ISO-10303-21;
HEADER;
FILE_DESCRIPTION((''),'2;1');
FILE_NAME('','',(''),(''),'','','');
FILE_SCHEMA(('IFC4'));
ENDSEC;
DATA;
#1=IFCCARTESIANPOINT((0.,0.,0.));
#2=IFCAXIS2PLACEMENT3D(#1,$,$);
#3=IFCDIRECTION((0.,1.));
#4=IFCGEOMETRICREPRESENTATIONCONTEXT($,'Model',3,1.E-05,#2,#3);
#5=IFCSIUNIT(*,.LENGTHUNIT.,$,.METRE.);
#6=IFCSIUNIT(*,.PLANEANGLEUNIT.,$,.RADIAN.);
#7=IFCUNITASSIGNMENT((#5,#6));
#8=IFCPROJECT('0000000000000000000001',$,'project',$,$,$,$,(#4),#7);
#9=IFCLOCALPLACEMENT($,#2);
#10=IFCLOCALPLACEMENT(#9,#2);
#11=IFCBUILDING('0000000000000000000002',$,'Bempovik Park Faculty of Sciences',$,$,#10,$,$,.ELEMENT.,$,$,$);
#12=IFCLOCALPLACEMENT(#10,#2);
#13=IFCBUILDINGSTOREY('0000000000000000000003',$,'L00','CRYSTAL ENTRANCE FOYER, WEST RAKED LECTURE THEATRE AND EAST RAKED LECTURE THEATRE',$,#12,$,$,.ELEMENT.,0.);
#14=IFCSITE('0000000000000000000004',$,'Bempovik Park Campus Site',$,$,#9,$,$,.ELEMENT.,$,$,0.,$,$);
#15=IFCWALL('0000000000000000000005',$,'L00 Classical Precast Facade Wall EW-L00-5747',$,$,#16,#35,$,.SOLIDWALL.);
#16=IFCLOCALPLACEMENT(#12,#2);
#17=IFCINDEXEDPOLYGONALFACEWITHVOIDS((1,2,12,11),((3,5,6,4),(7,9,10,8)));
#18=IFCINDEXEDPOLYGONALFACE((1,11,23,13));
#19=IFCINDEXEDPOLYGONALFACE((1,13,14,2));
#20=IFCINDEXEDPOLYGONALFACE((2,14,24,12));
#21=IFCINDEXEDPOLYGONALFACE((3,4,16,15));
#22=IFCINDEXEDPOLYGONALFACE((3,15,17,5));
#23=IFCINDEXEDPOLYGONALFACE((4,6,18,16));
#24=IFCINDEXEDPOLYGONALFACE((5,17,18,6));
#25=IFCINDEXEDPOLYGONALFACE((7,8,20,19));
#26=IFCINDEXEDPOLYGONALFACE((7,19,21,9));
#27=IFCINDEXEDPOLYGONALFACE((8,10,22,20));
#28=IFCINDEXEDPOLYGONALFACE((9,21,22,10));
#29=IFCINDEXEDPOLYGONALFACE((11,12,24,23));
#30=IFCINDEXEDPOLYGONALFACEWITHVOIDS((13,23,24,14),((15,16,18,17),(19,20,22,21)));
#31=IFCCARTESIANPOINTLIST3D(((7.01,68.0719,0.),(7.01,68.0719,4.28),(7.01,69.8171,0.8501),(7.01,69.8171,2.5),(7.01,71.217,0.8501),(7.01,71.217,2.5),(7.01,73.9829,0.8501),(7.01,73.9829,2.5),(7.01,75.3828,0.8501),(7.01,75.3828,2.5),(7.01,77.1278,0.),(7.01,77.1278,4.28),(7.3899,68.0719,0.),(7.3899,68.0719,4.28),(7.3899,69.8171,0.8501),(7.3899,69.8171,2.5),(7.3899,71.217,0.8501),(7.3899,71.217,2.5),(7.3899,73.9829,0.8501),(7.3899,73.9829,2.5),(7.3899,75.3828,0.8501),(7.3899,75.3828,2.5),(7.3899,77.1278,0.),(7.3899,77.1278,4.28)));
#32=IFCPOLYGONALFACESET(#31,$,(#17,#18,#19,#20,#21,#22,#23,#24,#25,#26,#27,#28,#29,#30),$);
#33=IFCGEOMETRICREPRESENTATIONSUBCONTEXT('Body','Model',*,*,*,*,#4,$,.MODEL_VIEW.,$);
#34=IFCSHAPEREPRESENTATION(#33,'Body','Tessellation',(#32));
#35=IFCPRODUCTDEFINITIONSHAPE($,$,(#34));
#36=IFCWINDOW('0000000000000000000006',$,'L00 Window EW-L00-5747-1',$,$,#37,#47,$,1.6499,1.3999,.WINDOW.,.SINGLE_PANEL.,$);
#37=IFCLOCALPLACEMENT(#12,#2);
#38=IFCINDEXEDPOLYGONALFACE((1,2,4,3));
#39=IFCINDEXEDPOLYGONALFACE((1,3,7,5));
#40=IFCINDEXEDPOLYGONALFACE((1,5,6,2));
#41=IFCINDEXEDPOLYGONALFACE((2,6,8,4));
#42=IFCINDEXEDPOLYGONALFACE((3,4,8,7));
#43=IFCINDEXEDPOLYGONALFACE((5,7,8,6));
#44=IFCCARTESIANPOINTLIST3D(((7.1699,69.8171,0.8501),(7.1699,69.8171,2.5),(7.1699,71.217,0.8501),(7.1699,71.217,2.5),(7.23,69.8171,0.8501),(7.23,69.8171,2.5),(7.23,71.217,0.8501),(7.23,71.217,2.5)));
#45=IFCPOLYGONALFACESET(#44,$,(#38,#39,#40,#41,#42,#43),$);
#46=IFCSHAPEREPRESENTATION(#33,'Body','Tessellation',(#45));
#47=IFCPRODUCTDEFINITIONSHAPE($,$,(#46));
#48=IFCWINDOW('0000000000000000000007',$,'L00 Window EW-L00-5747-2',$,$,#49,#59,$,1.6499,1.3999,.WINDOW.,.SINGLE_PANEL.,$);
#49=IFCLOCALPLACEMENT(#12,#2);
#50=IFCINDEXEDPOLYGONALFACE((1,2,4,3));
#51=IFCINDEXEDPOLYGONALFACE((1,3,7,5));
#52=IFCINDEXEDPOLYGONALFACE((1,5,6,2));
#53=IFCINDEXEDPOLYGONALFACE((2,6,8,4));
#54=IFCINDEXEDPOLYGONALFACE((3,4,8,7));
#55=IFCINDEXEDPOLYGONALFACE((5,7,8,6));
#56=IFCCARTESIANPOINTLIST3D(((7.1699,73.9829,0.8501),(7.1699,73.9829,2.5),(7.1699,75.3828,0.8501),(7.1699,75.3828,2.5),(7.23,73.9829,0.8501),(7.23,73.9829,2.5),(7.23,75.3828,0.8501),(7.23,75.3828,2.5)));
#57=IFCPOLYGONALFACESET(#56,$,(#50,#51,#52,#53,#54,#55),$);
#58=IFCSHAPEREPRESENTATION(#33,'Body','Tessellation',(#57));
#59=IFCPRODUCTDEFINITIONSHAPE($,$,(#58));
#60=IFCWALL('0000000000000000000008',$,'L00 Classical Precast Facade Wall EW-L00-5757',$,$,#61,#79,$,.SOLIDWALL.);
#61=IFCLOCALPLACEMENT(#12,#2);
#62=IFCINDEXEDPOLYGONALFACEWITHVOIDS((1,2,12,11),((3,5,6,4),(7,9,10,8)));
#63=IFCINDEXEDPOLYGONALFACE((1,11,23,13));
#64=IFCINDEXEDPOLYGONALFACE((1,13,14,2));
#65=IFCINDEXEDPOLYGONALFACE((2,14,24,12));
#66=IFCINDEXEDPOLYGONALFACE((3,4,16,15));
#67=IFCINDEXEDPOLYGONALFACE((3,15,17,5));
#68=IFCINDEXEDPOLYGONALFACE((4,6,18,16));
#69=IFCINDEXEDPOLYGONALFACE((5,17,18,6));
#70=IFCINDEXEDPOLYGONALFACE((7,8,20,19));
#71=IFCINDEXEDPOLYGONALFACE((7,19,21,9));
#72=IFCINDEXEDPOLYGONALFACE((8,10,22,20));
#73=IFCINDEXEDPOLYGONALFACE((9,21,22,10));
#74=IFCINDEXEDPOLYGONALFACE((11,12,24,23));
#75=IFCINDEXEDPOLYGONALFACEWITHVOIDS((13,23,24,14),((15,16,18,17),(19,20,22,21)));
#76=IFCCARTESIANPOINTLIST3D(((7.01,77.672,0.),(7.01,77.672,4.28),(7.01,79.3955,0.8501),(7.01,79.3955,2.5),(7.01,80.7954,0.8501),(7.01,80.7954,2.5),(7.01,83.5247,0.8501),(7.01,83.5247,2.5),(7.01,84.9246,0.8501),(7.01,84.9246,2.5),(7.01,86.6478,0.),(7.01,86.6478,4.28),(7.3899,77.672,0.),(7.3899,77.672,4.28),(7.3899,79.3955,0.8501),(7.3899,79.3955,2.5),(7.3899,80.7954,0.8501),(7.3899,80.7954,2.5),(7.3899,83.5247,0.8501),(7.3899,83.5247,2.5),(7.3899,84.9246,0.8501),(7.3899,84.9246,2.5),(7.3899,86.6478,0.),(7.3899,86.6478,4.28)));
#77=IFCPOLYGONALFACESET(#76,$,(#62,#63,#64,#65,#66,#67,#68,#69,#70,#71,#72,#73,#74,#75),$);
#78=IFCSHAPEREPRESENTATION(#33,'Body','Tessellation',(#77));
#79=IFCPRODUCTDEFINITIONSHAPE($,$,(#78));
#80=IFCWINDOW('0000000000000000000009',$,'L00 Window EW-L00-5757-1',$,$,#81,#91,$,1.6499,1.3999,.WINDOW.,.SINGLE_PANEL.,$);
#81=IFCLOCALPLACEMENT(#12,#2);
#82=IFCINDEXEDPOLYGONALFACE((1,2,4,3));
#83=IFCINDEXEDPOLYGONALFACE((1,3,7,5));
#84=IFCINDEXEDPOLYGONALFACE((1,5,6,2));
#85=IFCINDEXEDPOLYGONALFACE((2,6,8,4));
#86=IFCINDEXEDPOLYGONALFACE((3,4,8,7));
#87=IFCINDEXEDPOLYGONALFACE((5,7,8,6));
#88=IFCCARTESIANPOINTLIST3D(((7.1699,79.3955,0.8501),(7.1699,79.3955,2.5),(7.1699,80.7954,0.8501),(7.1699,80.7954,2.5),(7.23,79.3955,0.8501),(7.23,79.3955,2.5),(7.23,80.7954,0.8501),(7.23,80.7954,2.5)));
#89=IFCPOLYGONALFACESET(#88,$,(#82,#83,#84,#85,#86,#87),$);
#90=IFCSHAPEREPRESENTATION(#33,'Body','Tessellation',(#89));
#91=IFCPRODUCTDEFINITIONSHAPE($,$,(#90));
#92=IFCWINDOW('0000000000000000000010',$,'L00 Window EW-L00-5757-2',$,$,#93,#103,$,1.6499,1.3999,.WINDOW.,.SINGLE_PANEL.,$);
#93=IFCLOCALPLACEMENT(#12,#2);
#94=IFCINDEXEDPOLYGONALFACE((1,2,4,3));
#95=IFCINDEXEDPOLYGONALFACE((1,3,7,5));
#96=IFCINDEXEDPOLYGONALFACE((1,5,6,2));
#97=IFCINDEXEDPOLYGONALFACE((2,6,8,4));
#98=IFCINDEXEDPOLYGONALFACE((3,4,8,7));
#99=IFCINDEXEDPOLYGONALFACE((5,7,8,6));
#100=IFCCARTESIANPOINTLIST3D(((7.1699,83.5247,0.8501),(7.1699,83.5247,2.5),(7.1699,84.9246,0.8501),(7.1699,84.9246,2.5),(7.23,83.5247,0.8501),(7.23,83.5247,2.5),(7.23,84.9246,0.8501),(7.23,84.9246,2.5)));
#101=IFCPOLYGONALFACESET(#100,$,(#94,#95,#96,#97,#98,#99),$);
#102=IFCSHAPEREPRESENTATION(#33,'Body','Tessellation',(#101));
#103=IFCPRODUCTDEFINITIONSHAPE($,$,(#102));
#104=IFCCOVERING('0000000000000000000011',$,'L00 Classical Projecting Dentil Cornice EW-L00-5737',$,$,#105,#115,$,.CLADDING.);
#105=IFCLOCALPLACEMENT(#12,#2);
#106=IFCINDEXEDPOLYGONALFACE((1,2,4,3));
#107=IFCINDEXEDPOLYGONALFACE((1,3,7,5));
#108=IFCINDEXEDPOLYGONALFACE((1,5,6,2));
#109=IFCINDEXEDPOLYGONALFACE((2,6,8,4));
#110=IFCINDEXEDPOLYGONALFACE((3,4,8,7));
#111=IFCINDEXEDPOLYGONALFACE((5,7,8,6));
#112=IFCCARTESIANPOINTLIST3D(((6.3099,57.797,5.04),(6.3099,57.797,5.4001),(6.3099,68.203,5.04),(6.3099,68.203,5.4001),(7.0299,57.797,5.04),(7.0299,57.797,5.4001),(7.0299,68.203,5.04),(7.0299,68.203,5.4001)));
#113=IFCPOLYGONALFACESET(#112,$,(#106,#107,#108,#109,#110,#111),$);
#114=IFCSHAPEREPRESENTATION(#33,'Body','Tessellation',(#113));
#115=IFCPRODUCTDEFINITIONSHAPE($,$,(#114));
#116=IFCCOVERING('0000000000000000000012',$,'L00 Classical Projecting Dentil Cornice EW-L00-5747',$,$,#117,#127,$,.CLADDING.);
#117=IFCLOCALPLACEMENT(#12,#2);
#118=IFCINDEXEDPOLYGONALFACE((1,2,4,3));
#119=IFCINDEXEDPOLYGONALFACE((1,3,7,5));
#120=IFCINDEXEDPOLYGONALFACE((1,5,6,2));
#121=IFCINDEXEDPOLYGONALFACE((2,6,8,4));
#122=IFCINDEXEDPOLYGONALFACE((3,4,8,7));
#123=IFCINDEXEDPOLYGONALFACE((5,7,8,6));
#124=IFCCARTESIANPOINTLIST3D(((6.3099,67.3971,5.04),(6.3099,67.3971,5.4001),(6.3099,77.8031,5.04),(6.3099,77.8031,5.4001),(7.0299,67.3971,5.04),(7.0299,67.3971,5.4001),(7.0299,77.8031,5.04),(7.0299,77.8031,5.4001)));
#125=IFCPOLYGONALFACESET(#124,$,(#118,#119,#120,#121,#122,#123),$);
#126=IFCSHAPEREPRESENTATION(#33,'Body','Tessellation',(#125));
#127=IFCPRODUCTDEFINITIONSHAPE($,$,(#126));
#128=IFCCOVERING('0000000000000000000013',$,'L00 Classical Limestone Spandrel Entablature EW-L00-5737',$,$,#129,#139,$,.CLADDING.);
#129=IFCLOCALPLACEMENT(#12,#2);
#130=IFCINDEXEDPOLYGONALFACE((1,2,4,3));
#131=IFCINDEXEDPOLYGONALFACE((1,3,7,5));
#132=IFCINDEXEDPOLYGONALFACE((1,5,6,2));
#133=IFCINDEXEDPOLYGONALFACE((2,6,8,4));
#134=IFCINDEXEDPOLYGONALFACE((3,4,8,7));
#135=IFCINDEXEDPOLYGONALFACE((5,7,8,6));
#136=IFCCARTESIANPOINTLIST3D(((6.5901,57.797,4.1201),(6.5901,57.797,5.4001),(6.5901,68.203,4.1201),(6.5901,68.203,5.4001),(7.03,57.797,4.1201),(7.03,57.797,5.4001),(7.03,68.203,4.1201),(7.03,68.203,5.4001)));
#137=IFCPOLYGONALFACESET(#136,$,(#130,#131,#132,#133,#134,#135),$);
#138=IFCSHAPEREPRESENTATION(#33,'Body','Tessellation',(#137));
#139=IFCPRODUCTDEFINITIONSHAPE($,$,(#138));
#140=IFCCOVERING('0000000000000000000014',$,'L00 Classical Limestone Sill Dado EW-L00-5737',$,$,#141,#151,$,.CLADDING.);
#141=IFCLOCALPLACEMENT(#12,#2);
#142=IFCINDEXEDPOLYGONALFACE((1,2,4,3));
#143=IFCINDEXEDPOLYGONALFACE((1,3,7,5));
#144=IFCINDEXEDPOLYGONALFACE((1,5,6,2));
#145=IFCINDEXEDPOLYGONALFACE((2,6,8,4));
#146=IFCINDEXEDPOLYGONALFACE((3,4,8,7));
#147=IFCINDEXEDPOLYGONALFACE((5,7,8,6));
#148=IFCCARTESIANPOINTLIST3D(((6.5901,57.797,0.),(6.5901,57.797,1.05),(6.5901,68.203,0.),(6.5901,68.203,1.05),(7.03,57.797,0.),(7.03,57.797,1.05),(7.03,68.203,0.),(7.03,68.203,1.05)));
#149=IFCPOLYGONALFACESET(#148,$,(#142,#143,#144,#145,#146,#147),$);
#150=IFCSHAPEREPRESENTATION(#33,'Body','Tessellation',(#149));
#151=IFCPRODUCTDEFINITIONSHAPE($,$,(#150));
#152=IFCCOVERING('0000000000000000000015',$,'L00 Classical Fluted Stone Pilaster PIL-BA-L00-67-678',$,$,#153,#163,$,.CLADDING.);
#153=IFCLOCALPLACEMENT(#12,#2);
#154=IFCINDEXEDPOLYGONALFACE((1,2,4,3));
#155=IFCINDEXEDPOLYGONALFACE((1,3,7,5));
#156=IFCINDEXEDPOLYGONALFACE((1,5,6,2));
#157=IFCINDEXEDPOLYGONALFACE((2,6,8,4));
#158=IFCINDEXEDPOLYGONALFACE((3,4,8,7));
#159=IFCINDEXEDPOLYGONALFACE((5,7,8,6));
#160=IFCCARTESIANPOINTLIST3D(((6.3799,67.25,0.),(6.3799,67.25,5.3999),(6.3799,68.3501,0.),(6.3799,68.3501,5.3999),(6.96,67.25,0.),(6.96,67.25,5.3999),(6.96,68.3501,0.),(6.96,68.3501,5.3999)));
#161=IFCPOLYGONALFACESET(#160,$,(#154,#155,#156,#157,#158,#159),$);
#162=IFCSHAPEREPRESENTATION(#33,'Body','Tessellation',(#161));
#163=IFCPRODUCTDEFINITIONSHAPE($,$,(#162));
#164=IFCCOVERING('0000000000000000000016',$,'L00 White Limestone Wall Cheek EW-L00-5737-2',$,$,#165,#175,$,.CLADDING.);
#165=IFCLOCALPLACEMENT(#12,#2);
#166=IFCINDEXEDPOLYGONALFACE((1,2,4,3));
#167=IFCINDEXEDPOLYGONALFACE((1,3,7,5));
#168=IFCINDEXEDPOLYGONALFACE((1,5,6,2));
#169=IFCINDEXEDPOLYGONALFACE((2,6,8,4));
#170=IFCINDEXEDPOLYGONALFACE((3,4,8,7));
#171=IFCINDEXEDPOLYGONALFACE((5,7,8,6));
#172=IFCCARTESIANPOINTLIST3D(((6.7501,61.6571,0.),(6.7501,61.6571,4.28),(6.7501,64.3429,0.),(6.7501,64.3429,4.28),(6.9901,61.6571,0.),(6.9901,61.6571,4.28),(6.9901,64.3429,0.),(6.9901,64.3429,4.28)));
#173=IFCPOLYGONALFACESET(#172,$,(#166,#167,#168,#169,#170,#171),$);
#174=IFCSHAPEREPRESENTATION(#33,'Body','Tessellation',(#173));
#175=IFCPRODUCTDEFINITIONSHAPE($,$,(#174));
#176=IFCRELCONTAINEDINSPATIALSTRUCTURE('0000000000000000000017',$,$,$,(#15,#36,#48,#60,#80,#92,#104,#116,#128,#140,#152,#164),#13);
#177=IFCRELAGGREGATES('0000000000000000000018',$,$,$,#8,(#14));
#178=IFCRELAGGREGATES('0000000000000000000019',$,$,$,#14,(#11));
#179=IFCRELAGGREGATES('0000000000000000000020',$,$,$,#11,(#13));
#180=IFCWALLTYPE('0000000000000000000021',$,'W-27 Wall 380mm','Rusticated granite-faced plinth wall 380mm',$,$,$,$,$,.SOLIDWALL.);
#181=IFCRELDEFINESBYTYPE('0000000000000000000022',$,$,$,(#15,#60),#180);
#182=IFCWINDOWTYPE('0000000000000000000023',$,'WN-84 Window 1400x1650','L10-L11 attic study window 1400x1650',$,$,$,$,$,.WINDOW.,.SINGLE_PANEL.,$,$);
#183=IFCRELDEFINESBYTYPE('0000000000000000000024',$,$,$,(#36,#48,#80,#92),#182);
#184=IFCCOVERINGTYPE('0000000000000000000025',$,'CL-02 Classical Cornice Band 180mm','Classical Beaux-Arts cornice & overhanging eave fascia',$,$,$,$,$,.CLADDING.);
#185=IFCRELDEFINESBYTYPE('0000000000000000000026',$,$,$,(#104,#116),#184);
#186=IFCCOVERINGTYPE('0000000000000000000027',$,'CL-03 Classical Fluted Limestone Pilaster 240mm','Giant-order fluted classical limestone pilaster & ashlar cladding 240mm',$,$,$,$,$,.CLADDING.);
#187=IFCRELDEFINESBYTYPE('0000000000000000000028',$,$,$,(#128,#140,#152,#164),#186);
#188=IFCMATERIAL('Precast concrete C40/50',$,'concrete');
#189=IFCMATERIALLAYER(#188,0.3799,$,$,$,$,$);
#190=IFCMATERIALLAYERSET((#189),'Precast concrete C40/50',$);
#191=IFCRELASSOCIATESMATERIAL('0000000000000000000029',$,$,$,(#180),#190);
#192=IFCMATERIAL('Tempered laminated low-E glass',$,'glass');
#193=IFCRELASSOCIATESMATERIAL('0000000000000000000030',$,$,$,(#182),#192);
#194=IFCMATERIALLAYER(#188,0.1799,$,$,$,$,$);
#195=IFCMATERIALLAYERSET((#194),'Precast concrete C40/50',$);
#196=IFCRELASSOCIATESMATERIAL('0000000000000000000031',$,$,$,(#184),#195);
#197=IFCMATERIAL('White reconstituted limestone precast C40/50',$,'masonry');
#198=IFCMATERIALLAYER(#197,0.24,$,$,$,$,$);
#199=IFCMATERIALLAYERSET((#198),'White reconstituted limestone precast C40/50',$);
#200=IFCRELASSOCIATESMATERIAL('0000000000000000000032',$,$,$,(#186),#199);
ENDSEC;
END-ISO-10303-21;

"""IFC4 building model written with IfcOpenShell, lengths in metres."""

from ifc_helpers import new_model, si_unit, direction, frame, frame_2d, origin, origin_2d, place, context, subcontext, project, spatial, rectangle, extrude, material, layer, layer_set, type_object, element, fill, save


model = new_model("IFC4")

# Units and contexts
model_context = context("Model", 3, precision=1e-05, world=origin(), true_north=direction((0.0, 1.0)))
body_context = subcontext(model_context, "Body", "Model", "MODEL_VIEW")
ifc_project = project(units=[si_unit("LENGTHUNIT", "METRE"), si_unit("PLANEANGLEUNIT", "RADIAN")], contexts=[model_context])

# Site, building, storey
site_placement = place(None, origin())
site = spatial("IfcSite", under=ifc_project, at=site_placement, Name="Bempovik Park Campus Site", CompositionType="ELEMENT", RefElevation=0.0)
building_placement = place(site_placement, origin())
building = spatial("IfcBuilding", under=site, at=building_placement, Name="Bempovik Park Faculty of Sciences", CompositionType="ELEMENT")
storey_placement = place(building_placement, origin())
storey = spatial("IfcBuildingStorey", under=building, at=storey_placement, Name="L00", Description="CRYSTAL ENTRANCE FOYER, WEST RAKED LECTURE THEATRE AND EAST RAKED LECTURE THEATRE", CompositionType="ELEMENT", Elevation=0.0)

# Walls, openings, windows
ifc_material_1 = material(Name="Precast concrete C40/50", Category="concrete")
ifc_layer_1 = layer(ifc_material_1, 0.3799)
ifc_layer_set_1 = layer_set([ifc_layer_1], Name="Precast concrete C40/50")
wall_type = type_object("IfcWallType", Name="W-27 Wall 380mm", Description="Rusticated granite-faced plinth wall 380mm", PredefinedType="SOLIDWALL", material=ifc_layer_set_1)
wall_1_placement = place(storey_placement, frame((7.2, 68.072, 0.0), z_axis=(0.0, 0.0, 1.0), x_axis=(0.0, 1.0, 0.0)))
wall_1 = element("IfcWall", 1, at=wall_1_placement, inside=storey, type_object=wall_type, Name="L00 Classical Precast Facade Wall EW-L00-5747", PredefinedType="SOLIDWALL", context=body_context, shape_type="SweptSolid", body=[
    extrude(rectangle(XDim=9.0559, YDim=0.3799, at=frame_2d((4.5278, 0.0))), origin(), (0.0, 0.0, 1.0), 4.28),
])
opening_1_placement = place(wall_1_placement, frame((1.7451, 0.0, 0.8501)))
opening_1 = element("IfcOpeningElement", 2, at=opening_1_placement, cuts=wall_1, PredefinedType="OPENING", context=body_context, shape_type="SweptSolid", body=[
    extrude(rectangle(XDim=1.3999, YDim=1.6499, at=frame_2d((0.7, 0.825))), frame((0.0, 0.2, 0.0), z_axis=(0.0, -1.0, 0.0), x_axis=(1.0, 0.0, 0.0)), (0.0, 0.0, 1.0), 0.3999),
])
opening_2_placement = place(wall_1_placement, frame((5.9109, 0.0, 0.8501)))
opening_2 = element("IfcOpeningElement", 3, at=opening_2_placement, cuts=wall_1, PredefinedType="OPENING", context=body_context, shape_type="SweptSolid", body=[
    extrude(rectangle(XDim=1.3999, YDim=1.6499, at=frame_2d((0.7, 0.825))), frame((0.0, 0.2, 0.0), z_axis=(0.0, -1.0, 0.0), x_axis=(1.0, 0.0, 0.0)), (0.0, 0.0, 1.0), 0.3999),
])
ifc_material_2 = material(Name="Tempered laminated low-E glass", Category="glass")
window_type = type_object("IfcWindowType", Name="WN-84 Window 1400x1650", Description="L10-L11 attic study window 1400x1650", PartitioningType="SINGLE_PANEL", PredefinedType="WINDOW", material=ifc_material_2)
window_1_placement = place(opening_1_placement, origin())
window_1 = element("IfcWindow", 4, at=window_1_placement, inside=storey, type_object=window_type, Name="L00 Window EW-L00-5747-1", OverallHeight=1.6499, OverallWidth=1.3999, PartitioningType="SINGLE_PANEL", PredefinedType="WINDOW", context=body_context, shape_type="SweptSolid", body=[
    extrude(rectangle(XDim=1.3999, YDim=1.6499, at=frame_2d((0.7, 0.825))), frame((0.0, 0.03, 0.0), z_axis=(0.0, -1.0, 0.0), x_axis=(1.0, 0.0, 0.0)), (0.0, 0.0, 1.0), 0.0601),
])
fill(opening_1, window_1)
window_2_placement = place(opening_2_placement, origin())
window_2 = element("IfcWindow", 5, at=window_2_placement, inside=storey, type_object=window_type, Name="L00 Window EW-L00-5747-2", OverallHeight=1.6499, OverallWidth=1.3999, PartitioningType="SINGLE_PANEL", PredefinedType="WINDOW", context=body_context, shape_type="SweptSolid", body=[
    extrude(rectangle(XDim=1.3999, YDim=1.6499, at=frame_2d((0.7, 0.825))), frame((0.0, 0.03, 0.0), z_axis=(0.0, -1.0, 0.0), x_axis=(1.0, 0.0, 0.0)), (0.0, 0.0, 1.0), 0.0601),
])
fill(opening_2, window_2)
wall_2_placement = place(storey_placement, frame((7.2, 77.6721, 0.0), z_axis=(0.0, 0.0, 1.0), x_axis=(0.0, 1.0, 0.0)))
wall_2 = element("IfcWall", 6, at=wall_2_placement, inside=storey, type_object=wall_type, Name="L00 Classical Precast Facade Wall EW-L00-5757", PredefinedType="SOLIDWALL", context=body_context, shape_type="SweptSolid", body=[
    extrude(rectangle(XDim=8.9758, YDim=0.3799, at=frame_2d((4.4878, 0.0))), origin(), (0.0, 0.0, 1.0), 4.28),
])
opening_3_placement = place(wall_2_placement, frame((1.7234, 0.0, 0.8501)))
opening_3 = element("IfcOpeningElement", 7, at=opening_3_placement, cuts=wall_2, PredefinedType="OPENING", context=body_context, shape_type="SweptSolid", body=[
    extrude(rectangle(XDim=1.3999, YDim=1.6499, at=frame_2d((0.7, 0.825))), frame((0.0, 0.2, 0.0), z_axis=(0.0, -1.0, 0.0), x_axis=(1.0, 0.0, 0.0)), (0.0, 0.0, 1.0), 0.3999),
])
opening_4_placement = place(wall_2_placement, frame((5.8525, 0.0, 0.8501)))
opening_4 = element("IfcOpeningElement", 8, at=opening_4_placement, cuts=wall_2, PredefinedType="OPENING", context=body_context, shape_type="SweptSolid", body=[
    extrude(rectangle(XDim=1.3999, YDim=1.6499, at=frame_2d((0.7, 0.825))), frame((0.0, 0.2, 0.0), z_axis=(0.0, -1.0, 0.0), x_axis=(1.0, 0.0, 0.0)), (0.0, 0.0, 1.0), 0.3999),
])
window_3_placement = place(opening_3_placement, origin())
window_3 = element("IfcWindow", 9, at=window_3_placement, inside=storey, type_object=window_type, Name="L00 Window EW-L00-5757-1", OverallHeight=1.6499, OverallWidth=1.3999, PartitioningType="SINGLE_PANEL", PredefinedType="WINDOW", context=body_context, shape_type="SweptSolid", body=[
    extrude(rectangle(XDim=1.3999, YDim=1.6499, at=frame_2d((0.7, 0.825))), frame((0.0, 0.03, 0.0), z_axis=(0.0, -1.0, 0.0), x_axis=(1.0, 0.0, 0.0)), (0.0, 0.0, 1.0), 0.0601),
])
fill(opening_3, window_3)
window_4_placement = place(opening_4_placement, origin())
window_4 = element("IfcWindow", 10, at=window_4_placement, inside=storey, type_object=window_type, Name="L00 Window EW-L00-5757-2", OverallHeight=1.6499, OverallWidth=1.3999, PartitioningType="SINGLE_PANEL", PredefinedType="WINDOW", context=body_context, shape_type="SweptSolid", body=[
    extrude(rectangle(XDim=1.3999, YDim=1.6499, at=frame_2d((0.7, 0.825))), frame((0.0, 0.03, 0.0), z_axis=(0.0, -1.0, 0.0), x_axis=(1.0, 0.0, 0.0)), (0.0, 0.0, 1.0), 0.0601),
])
fill(opening_4, window_4)

# Coverings
ifc_layer_2 = layer(ifc_material_1, 0.1799)
ifc_layer_set_2 = layer_set([ifc_layer_2], Name="Precast concrete C40/50")
covering_type_1 = type_object("IfcCoveringType", Name="CL-02 Classical Cornice Band 180mm", Description="Classical Beaux-Arts cornice & overhanging eave fascia", PredefinedType="CLADDING", material=ifc_layer_set_2)
for number, where, z_axis, x_axis, name in (
    (11, (6.6699, 63.0, 5.04), (0.0, 0.0, 1.0), (1.0, 0.0, 0.0), "L00 Classical Projecting Dentil Cornice EW-L00-5737"),
    (12, (6.6699, 72.6001, 5.04), (0.0, 0.0, 1.0), (1.0, 0.0, 0.0), "L00 Classical Projecting Dentil Cornice EW-L00-5747"),
):
    element("IfcCovering", number, at=place(storey_placement, frame(where, z_axis=z_axis, x_axis=x_axis)), inside=storey, type_object=covering_type_1, Name=name, PredefinedType="CLADDING", context=body_context, shape_type="SweptSolid", body=[
        extrude(rectangle(XDim=0.72, YDim=10.406, at=origin_2d()), origin(), (0.0, 0.0, 1.0), 0.3601),
    ])
ifc_material_3 = material(Name="White reconstituted limestone precast C40/50", Category="masonry")
ifc_layer_3 = layer(ifc_material_3, 0.24)
ifc_layer_set_3 = layer_set([ifc_layer_3], Name="White reconstituted limestone precast C40/50")
covering_type_2 = type_object("IfcCoveringType", Name="CL-03 Classical Fluted Limestone Pilaster 240mm", Description="Giant-order fluted classical limestone pilaster & ashlar cladding 240mm", PredefinedType="CLADDING", material=ifc_layer_set_3)
covering_1_placement = place(storey_placement, frame((6.8101, 63.0, 4.1201), z_axis=(0.0, 0.0, 1.0), x_axis=(1.0, 0.0, 0.0)))
element("IfcCovering", 13, at=covering_1_placement, inside=storey, type_object=covering_type_2, Name="L00 Classical Limestone Spandrel Entablature EW-L00-5737", PredefinedType="CLADDING", context=body_context, shape_type="SweptSolid", body=[
    extrude(rectangle(XDim=0.4399, YDim=10.406, at=origin_2d()), origin(), (0.0, 0.0, 1.0), 1.28),
])
covering_2_placement = place(storey_placement, frame((6.8101, 63.0, 0.0), z_axis=(0.0, 0.0, 1.0), x_axis=(1.0, 0.0, 0.0)))
element("IfcCovering", 14, at=covering_2_placement, inside=storey, type_object=covering_type_2, Name="L00 Classical Limestone Sill Dado EW-L00-5737", PredefinedType="CLADDING", context=body_context, shape_type="SweptSolid", body=[
    extrude(rectangle(XDim=0.4399, YDim=10.406, at=origin_2d()), origin(), (0.0, 0.0, 1.0), 1.05),
])
covering_3_placement = place(storey_placement, frame((6.6699, 67.8, 0.0), z_axis=(0.0, 0.0, 1.0), x_axis=(1.0, 0.0, 0.0)))
element("IfcCovering", 15, at=covering_3_placement, inside=storey, type_object=covering_type_2, Name="L00 Classical Fluted Stone Pilaster PIL-BA-L00-67-678", PredefinedType="CLADDING", context=body_context, shape_type="SweptSolid", body=[
    extrude(rectangle(XDim=0.5801, YDim=1.1001, at=origin_2d()), origin(), (0.0, 0.0, 1.0), 5.3999),
])
covering_4_placement = place(storey_placement, frame((6.8701, 63.0, 0.0), z_axis=(0.0, 0.0, 1.0), x_axis=(1.0, 0.0, 0.0)))
element("IfcCovering", 16, at=covering_4_placement, inside=storey, type_object=covering_type_2, Name="L00 White Limestone Wall Cheek EW-L00-5737-2", PredefinedType="CLADDING", context=body_context, shape_type="SweptSolid", body=[
    extrude(rectangle(XDim=0.24, YDim=2.6858, at=origin_2d()), origin(), (0.0, 0.0, 1.0), 4.28),
])

save(model, "model.ifc")
